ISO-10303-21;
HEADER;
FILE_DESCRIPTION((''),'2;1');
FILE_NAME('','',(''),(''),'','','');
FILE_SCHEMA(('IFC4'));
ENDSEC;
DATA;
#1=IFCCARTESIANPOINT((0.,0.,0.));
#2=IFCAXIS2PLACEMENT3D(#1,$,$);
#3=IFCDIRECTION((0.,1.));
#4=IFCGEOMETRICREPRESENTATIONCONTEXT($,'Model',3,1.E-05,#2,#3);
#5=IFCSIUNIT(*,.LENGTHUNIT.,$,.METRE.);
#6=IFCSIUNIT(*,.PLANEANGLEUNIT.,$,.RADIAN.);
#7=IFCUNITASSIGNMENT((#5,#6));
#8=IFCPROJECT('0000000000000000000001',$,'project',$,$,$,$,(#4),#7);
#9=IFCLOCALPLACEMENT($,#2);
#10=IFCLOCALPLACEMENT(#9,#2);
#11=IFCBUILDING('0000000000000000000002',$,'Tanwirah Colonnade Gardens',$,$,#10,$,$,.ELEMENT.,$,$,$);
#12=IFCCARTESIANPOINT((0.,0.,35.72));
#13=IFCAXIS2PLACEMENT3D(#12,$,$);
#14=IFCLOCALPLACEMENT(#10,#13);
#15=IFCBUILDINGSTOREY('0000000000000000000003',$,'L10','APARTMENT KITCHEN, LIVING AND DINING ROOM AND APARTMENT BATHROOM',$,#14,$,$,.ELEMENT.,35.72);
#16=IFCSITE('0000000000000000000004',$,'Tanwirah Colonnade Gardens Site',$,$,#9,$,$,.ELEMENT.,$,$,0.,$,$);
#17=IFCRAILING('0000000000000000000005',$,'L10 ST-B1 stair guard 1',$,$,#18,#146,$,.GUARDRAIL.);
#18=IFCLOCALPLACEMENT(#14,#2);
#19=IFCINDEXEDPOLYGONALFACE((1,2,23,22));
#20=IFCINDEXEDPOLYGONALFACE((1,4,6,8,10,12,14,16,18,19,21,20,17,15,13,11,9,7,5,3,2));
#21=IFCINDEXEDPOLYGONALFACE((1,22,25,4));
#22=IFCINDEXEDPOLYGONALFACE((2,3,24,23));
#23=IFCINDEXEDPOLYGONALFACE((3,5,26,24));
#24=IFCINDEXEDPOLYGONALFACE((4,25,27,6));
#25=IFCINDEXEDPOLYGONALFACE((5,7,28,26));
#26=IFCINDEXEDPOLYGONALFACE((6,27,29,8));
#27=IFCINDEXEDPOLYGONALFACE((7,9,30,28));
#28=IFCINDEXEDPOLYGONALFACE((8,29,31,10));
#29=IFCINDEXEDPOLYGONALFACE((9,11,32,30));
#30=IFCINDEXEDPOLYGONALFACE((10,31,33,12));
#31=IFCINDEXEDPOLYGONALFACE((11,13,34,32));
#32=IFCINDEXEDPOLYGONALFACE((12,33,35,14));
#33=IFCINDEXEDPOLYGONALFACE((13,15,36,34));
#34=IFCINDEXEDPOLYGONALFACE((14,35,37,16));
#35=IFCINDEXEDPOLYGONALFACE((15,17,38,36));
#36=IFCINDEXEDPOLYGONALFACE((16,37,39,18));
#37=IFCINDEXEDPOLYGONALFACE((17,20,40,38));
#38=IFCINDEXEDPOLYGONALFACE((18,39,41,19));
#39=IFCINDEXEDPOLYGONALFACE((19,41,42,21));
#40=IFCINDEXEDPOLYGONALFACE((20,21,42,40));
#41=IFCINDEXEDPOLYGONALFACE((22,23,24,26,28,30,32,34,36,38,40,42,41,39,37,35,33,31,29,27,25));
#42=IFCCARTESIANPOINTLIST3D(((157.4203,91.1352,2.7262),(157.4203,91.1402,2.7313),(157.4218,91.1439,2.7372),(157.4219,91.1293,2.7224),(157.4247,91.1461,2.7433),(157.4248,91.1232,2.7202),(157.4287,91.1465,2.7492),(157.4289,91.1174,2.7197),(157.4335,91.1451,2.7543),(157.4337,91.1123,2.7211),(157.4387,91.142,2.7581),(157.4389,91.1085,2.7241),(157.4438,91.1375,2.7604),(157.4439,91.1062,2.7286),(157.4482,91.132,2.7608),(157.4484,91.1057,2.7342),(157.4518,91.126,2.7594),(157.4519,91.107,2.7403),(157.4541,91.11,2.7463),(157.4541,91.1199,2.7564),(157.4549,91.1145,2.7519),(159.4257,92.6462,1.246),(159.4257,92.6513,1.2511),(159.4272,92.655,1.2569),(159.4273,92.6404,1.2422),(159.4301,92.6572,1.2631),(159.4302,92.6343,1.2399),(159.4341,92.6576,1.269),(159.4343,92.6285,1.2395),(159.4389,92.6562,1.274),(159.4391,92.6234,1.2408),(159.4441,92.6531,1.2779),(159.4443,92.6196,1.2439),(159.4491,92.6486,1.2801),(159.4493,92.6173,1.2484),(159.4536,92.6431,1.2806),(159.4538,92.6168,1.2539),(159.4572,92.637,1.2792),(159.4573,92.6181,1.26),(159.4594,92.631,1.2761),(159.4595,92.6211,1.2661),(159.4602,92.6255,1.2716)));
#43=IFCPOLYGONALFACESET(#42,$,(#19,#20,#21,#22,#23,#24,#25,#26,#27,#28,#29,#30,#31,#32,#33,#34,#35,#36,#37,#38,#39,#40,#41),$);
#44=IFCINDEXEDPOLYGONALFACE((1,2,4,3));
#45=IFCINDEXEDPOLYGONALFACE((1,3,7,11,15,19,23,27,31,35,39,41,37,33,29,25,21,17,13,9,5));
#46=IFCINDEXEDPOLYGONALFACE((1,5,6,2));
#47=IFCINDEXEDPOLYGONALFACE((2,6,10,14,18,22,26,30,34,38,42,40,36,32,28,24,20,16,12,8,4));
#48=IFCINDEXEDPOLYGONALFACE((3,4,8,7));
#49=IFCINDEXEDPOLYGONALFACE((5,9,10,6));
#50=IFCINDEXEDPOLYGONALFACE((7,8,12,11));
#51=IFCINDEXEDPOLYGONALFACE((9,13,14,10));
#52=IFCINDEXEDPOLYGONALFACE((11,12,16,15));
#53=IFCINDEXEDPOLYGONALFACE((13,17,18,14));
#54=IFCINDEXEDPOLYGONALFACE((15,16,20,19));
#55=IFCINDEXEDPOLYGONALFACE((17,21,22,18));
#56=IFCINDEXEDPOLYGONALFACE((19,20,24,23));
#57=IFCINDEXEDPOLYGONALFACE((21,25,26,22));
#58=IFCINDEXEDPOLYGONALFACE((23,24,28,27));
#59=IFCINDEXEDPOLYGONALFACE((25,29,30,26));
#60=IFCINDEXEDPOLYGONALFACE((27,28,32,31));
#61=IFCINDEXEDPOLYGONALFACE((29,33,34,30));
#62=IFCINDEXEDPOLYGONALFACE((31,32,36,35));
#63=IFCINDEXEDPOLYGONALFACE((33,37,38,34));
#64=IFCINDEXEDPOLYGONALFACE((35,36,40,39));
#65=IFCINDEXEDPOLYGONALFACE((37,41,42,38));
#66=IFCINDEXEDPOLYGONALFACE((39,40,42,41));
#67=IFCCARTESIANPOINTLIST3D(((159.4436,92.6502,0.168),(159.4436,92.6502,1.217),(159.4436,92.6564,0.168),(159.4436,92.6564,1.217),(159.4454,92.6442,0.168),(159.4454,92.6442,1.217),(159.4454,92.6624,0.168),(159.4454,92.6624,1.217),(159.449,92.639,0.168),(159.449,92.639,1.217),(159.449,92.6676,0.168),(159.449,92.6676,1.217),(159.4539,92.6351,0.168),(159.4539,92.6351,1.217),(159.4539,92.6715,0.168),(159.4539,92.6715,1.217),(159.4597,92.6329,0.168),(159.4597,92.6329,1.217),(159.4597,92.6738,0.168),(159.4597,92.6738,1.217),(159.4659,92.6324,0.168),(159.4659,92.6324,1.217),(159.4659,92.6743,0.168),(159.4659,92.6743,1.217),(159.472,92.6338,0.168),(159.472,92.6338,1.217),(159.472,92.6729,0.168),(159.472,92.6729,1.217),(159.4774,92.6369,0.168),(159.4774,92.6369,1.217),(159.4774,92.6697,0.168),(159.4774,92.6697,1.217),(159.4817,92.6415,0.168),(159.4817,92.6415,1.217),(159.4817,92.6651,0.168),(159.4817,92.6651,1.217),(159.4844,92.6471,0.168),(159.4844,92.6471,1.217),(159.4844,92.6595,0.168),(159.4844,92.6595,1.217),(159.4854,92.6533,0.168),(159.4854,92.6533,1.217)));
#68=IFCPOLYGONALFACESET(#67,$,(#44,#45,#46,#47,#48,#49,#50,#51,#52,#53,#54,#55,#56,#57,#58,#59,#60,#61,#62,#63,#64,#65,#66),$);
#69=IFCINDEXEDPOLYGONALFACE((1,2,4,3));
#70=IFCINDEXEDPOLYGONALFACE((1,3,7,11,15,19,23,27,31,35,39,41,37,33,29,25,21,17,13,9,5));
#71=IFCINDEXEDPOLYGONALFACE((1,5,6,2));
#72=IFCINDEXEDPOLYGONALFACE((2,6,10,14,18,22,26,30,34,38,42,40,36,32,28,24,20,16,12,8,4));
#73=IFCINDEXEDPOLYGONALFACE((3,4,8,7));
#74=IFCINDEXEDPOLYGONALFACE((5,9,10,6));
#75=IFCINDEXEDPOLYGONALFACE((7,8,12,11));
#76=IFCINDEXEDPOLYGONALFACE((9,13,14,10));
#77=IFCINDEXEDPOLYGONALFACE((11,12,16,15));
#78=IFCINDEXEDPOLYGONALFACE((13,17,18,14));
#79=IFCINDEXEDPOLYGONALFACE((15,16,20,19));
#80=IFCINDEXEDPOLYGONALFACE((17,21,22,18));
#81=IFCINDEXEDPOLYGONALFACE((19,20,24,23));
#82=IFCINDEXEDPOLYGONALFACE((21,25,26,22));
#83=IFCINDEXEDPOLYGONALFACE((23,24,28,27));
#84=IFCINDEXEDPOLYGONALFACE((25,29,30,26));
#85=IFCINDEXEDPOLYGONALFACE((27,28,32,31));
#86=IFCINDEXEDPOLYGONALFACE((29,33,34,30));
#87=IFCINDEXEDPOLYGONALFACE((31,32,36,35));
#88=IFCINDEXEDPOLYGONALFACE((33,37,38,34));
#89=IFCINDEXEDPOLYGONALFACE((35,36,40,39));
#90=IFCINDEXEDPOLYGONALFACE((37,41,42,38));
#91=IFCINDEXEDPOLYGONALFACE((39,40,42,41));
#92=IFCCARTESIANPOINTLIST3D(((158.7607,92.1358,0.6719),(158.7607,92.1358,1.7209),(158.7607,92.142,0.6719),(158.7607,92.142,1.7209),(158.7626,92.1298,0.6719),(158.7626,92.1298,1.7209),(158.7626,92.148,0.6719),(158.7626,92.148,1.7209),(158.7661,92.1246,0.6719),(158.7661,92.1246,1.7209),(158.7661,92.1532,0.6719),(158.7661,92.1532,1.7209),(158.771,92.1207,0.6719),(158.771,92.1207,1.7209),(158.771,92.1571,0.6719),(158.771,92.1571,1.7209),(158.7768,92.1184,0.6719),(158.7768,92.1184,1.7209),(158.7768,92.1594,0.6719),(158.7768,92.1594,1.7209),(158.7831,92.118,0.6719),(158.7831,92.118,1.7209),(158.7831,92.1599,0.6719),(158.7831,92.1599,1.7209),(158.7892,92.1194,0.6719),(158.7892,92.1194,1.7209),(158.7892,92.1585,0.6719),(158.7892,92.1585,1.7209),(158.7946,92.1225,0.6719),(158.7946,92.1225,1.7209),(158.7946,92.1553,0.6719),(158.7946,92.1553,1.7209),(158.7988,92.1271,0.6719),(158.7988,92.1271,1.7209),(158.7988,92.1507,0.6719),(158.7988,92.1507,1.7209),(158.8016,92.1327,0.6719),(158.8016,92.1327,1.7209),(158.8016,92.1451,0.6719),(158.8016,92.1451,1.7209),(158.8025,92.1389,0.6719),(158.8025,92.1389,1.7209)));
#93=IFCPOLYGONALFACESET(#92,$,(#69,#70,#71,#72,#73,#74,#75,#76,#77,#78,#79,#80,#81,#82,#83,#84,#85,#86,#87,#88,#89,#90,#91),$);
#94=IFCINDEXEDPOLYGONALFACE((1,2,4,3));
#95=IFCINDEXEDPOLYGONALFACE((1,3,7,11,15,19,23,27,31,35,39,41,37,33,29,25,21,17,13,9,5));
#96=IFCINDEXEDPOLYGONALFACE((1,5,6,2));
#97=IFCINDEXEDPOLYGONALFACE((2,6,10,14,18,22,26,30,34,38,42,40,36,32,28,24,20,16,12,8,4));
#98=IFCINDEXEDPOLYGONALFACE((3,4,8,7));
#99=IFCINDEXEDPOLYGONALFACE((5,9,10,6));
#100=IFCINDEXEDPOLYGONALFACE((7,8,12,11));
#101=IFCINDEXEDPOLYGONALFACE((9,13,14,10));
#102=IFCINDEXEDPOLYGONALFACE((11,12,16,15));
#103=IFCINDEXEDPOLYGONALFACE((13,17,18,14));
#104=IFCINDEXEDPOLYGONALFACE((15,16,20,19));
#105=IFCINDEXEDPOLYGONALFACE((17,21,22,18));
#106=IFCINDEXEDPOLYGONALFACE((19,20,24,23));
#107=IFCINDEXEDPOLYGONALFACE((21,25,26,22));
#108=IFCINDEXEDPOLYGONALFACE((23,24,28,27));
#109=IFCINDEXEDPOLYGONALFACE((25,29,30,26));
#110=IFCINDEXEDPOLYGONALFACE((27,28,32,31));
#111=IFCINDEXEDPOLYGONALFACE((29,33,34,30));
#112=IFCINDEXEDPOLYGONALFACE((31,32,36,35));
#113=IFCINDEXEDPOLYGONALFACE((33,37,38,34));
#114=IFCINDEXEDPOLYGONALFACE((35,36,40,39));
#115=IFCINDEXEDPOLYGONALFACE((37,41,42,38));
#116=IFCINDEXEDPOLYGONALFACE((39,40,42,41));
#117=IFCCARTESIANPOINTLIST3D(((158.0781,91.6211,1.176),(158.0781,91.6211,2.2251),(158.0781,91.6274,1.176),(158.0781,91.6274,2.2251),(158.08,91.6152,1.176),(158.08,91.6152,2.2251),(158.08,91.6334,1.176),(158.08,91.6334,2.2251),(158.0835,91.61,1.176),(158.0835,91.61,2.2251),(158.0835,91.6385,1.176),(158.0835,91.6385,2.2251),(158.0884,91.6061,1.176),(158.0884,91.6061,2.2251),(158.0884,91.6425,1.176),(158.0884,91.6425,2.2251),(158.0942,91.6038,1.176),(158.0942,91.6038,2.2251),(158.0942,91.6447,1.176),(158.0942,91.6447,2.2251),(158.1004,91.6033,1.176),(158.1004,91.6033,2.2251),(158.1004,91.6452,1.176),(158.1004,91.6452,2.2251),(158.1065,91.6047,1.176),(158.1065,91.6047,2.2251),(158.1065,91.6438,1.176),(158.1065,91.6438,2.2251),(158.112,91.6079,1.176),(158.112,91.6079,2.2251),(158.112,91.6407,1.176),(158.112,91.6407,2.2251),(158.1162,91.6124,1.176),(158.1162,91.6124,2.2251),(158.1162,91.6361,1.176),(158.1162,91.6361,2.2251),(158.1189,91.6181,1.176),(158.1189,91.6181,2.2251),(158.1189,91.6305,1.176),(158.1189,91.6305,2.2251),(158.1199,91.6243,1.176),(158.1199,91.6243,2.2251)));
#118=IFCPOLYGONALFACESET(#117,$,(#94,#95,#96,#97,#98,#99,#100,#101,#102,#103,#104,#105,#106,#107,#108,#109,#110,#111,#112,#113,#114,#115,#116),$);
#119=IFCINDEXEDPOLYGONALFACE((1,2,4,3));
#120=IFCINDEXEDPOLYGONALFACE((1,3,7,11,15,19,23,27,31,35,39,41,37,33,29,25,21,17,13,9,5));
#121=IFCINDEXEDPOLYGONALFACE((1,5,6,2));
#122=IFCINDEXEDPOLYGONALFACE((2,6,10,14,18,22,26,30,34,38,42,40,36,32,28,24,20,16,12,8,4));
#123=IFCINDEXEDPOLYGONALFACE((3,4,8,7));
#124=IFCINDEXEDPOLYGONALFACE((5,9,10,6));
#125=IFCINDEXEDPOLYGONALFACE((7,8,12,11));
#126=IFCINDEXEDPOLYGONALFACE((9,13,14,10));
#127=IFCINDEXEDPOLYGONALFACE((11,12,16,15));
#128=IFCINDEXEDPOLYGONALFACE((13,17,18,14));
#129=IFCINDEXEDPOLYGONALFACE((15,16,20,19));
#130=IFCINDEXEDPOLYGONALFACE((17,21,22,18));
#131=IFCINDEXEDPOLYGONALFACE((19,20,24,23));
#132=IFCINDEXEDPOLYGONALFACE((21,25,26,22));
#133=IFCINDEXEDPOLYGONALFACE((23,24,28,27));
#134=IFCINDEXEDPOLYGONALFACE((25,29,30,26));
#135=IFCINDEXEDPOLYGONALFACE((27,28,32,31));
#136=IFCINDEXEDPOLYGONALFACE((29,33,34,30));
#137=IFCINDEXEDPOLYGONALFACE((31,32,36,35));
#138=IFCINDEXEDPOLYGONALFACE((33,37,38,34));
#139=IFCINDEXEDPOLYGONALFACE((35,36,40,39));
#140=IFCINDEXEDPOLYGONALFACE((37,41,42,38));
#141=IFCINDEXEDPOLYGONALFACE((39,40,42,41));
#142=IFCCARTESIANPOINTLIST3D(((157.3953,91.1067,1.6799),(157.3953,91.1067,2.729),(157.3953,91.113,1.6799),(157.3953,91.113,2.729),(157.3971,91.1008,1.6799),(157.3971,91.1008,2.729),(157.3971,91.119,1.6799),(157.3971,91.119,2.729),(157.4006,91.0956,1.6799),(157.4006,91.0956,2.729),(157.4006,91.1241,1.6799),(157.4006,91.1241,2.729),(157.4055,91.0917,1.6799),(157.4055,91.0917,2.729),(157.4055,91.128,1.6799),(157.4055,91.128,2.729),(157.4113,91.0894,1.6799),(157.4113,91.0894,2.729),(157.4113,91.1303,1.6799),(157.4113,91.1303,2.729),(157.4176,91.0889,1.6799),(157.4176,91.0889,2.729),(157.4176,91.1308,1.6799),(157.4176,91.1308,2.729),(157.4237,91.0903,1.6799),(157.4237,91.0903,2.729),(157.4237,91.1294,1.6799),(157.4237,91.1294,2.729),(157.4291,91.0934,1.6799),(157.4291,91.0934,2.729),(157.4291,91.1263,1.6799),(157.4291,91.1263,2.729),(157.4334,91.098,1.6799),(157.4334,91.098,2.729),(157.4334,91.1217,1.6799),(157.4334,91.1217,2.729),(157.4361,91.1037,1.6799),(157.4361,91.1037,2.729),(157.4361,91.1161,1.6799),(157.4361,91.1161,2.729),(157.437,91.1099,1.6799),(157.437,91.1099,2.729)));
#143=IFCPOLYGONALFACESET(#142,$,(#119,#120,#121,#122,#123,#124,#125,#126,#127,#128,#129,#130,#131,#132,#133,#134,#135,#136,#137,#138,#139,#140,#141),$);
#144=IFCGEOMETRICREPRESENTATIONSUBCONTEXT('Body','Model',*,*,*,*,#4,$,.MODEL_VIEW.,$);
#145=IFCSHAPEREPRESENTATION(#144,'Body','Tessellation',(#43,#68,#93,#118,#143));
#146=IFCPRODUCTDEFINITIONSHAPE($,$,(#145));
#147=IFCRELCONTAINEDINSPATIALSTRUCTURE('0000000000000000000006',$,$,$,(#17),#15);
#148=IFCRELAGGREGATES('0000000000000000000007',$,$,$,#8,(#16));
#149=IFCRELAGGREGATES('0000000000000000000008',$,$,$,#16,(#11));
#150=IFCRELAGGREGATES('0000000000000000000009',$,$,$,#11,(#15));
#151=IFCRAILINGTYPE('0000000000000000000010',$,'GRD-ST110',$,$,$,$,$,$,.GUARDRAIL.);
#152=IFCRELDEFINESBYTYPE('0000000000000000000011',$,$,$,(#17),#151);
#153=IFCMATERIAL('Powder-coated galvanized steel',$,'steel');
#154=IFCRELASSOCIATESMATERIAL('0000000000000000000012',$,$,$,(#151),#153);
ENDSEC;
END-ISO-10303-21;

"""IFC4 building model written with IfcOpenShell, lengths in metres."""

from ifc_helpers import new_model, si_unit, direction, frame, origin, origin_2d, place, context, subcontext, project, spatial, circle, extrude, material, type_object, element, save


model = new_model("IFC4")

# Units and contexts
model_context = context("Model", 3, precision=1e-05, world=origin(), true_north=direction((0.0, 1.0)))
body_context = subcontext(model_context, "Body", "Model", "MODEL_VIEW")
ifc_project = project(units=[si_unit("LENGTHUNIT", "METRE"), si_unit("PLANEANGLEUNIT", "RADIAN")], contexts=[model_context])

# Site, building, storey
site_placement = place(None, origin())
site = spatial("IfcSite", under=ifc_project, at=site_placement, Name="Tanwirah Colonnade Gardens Site", CompositionType="ELEMENT", RefElevation=0.0)
building_placement = place(site_placement, origin())
building = spatial("IfcBuilding", under=site, at=building_placement, Name="Tanwirah Colonnade Gardens", CompositionType="ELEMENT")
storey_placement = place(building_placement, frame((0.0, 0.0, 35.72)))
storey = spatial("IfcBuildingStorey", under=building, at=storey_placement, Name="L10", Description="APARTMENT KITCHEN, LIVING AND DINING ROOM AND APARTMENT BATHROOM", CompositionType="ELEMENT", Elevation=35.72)

# Railing
ifc_material_1 = material(Name="Powder-coated galvanized steel", Category="steel")
railing_type_1 = type_object("IfcRailingType", Name="GRD-ST110", PredefinedType="GUARDRAIL", material=ifc_material_1)
railing_1_placement = place(storey_placement, frame((159.4644, 92.6533, 0.168)))
element("IfcRailing", 1, at=railing_1_placement, inside=storey, type_object=railing_type_1, Name="L10 ST-B1 stair guard 1", PredefinedType="GUARDRAIL", context=body_context, shape_type="SweptSolid", body=[
    extrude(circle(Radius=0.0239, at=origin_2d()), frame((-0.0215, -0.0161, 1.092), z_axis=(-0.687998, -0.518418, 0.50784), x_axis=(0.601796, -0.79865, 0.0)), (0.0, 0.0, 1.0), 2.9148),
    extrude(circle(Radius=0.021, at=origin_2d()), origin(), (0.0, 0.0, 1.0), 1.0491),
    extrude(circle(Radius=0.021, at=origin_2d()), frame((-0.6829, -0.5144, 0.5039)), (0.0, 0.0, 1.0), 1.0491),
    extrude(circle(Radius=0.021, at=origin_2d()), frame((-1.3655, -1.0291, 1.0081)), (0.0, 0.0, 1.0), 1.0491),
    extrude(circle(Radius=0.021, at=origin_2d()), frame((-2.0483, -1.5435, 1.512)), (0.0, 0.0, 1.0), 1.0491),
])

save(model, "model.ifc")
